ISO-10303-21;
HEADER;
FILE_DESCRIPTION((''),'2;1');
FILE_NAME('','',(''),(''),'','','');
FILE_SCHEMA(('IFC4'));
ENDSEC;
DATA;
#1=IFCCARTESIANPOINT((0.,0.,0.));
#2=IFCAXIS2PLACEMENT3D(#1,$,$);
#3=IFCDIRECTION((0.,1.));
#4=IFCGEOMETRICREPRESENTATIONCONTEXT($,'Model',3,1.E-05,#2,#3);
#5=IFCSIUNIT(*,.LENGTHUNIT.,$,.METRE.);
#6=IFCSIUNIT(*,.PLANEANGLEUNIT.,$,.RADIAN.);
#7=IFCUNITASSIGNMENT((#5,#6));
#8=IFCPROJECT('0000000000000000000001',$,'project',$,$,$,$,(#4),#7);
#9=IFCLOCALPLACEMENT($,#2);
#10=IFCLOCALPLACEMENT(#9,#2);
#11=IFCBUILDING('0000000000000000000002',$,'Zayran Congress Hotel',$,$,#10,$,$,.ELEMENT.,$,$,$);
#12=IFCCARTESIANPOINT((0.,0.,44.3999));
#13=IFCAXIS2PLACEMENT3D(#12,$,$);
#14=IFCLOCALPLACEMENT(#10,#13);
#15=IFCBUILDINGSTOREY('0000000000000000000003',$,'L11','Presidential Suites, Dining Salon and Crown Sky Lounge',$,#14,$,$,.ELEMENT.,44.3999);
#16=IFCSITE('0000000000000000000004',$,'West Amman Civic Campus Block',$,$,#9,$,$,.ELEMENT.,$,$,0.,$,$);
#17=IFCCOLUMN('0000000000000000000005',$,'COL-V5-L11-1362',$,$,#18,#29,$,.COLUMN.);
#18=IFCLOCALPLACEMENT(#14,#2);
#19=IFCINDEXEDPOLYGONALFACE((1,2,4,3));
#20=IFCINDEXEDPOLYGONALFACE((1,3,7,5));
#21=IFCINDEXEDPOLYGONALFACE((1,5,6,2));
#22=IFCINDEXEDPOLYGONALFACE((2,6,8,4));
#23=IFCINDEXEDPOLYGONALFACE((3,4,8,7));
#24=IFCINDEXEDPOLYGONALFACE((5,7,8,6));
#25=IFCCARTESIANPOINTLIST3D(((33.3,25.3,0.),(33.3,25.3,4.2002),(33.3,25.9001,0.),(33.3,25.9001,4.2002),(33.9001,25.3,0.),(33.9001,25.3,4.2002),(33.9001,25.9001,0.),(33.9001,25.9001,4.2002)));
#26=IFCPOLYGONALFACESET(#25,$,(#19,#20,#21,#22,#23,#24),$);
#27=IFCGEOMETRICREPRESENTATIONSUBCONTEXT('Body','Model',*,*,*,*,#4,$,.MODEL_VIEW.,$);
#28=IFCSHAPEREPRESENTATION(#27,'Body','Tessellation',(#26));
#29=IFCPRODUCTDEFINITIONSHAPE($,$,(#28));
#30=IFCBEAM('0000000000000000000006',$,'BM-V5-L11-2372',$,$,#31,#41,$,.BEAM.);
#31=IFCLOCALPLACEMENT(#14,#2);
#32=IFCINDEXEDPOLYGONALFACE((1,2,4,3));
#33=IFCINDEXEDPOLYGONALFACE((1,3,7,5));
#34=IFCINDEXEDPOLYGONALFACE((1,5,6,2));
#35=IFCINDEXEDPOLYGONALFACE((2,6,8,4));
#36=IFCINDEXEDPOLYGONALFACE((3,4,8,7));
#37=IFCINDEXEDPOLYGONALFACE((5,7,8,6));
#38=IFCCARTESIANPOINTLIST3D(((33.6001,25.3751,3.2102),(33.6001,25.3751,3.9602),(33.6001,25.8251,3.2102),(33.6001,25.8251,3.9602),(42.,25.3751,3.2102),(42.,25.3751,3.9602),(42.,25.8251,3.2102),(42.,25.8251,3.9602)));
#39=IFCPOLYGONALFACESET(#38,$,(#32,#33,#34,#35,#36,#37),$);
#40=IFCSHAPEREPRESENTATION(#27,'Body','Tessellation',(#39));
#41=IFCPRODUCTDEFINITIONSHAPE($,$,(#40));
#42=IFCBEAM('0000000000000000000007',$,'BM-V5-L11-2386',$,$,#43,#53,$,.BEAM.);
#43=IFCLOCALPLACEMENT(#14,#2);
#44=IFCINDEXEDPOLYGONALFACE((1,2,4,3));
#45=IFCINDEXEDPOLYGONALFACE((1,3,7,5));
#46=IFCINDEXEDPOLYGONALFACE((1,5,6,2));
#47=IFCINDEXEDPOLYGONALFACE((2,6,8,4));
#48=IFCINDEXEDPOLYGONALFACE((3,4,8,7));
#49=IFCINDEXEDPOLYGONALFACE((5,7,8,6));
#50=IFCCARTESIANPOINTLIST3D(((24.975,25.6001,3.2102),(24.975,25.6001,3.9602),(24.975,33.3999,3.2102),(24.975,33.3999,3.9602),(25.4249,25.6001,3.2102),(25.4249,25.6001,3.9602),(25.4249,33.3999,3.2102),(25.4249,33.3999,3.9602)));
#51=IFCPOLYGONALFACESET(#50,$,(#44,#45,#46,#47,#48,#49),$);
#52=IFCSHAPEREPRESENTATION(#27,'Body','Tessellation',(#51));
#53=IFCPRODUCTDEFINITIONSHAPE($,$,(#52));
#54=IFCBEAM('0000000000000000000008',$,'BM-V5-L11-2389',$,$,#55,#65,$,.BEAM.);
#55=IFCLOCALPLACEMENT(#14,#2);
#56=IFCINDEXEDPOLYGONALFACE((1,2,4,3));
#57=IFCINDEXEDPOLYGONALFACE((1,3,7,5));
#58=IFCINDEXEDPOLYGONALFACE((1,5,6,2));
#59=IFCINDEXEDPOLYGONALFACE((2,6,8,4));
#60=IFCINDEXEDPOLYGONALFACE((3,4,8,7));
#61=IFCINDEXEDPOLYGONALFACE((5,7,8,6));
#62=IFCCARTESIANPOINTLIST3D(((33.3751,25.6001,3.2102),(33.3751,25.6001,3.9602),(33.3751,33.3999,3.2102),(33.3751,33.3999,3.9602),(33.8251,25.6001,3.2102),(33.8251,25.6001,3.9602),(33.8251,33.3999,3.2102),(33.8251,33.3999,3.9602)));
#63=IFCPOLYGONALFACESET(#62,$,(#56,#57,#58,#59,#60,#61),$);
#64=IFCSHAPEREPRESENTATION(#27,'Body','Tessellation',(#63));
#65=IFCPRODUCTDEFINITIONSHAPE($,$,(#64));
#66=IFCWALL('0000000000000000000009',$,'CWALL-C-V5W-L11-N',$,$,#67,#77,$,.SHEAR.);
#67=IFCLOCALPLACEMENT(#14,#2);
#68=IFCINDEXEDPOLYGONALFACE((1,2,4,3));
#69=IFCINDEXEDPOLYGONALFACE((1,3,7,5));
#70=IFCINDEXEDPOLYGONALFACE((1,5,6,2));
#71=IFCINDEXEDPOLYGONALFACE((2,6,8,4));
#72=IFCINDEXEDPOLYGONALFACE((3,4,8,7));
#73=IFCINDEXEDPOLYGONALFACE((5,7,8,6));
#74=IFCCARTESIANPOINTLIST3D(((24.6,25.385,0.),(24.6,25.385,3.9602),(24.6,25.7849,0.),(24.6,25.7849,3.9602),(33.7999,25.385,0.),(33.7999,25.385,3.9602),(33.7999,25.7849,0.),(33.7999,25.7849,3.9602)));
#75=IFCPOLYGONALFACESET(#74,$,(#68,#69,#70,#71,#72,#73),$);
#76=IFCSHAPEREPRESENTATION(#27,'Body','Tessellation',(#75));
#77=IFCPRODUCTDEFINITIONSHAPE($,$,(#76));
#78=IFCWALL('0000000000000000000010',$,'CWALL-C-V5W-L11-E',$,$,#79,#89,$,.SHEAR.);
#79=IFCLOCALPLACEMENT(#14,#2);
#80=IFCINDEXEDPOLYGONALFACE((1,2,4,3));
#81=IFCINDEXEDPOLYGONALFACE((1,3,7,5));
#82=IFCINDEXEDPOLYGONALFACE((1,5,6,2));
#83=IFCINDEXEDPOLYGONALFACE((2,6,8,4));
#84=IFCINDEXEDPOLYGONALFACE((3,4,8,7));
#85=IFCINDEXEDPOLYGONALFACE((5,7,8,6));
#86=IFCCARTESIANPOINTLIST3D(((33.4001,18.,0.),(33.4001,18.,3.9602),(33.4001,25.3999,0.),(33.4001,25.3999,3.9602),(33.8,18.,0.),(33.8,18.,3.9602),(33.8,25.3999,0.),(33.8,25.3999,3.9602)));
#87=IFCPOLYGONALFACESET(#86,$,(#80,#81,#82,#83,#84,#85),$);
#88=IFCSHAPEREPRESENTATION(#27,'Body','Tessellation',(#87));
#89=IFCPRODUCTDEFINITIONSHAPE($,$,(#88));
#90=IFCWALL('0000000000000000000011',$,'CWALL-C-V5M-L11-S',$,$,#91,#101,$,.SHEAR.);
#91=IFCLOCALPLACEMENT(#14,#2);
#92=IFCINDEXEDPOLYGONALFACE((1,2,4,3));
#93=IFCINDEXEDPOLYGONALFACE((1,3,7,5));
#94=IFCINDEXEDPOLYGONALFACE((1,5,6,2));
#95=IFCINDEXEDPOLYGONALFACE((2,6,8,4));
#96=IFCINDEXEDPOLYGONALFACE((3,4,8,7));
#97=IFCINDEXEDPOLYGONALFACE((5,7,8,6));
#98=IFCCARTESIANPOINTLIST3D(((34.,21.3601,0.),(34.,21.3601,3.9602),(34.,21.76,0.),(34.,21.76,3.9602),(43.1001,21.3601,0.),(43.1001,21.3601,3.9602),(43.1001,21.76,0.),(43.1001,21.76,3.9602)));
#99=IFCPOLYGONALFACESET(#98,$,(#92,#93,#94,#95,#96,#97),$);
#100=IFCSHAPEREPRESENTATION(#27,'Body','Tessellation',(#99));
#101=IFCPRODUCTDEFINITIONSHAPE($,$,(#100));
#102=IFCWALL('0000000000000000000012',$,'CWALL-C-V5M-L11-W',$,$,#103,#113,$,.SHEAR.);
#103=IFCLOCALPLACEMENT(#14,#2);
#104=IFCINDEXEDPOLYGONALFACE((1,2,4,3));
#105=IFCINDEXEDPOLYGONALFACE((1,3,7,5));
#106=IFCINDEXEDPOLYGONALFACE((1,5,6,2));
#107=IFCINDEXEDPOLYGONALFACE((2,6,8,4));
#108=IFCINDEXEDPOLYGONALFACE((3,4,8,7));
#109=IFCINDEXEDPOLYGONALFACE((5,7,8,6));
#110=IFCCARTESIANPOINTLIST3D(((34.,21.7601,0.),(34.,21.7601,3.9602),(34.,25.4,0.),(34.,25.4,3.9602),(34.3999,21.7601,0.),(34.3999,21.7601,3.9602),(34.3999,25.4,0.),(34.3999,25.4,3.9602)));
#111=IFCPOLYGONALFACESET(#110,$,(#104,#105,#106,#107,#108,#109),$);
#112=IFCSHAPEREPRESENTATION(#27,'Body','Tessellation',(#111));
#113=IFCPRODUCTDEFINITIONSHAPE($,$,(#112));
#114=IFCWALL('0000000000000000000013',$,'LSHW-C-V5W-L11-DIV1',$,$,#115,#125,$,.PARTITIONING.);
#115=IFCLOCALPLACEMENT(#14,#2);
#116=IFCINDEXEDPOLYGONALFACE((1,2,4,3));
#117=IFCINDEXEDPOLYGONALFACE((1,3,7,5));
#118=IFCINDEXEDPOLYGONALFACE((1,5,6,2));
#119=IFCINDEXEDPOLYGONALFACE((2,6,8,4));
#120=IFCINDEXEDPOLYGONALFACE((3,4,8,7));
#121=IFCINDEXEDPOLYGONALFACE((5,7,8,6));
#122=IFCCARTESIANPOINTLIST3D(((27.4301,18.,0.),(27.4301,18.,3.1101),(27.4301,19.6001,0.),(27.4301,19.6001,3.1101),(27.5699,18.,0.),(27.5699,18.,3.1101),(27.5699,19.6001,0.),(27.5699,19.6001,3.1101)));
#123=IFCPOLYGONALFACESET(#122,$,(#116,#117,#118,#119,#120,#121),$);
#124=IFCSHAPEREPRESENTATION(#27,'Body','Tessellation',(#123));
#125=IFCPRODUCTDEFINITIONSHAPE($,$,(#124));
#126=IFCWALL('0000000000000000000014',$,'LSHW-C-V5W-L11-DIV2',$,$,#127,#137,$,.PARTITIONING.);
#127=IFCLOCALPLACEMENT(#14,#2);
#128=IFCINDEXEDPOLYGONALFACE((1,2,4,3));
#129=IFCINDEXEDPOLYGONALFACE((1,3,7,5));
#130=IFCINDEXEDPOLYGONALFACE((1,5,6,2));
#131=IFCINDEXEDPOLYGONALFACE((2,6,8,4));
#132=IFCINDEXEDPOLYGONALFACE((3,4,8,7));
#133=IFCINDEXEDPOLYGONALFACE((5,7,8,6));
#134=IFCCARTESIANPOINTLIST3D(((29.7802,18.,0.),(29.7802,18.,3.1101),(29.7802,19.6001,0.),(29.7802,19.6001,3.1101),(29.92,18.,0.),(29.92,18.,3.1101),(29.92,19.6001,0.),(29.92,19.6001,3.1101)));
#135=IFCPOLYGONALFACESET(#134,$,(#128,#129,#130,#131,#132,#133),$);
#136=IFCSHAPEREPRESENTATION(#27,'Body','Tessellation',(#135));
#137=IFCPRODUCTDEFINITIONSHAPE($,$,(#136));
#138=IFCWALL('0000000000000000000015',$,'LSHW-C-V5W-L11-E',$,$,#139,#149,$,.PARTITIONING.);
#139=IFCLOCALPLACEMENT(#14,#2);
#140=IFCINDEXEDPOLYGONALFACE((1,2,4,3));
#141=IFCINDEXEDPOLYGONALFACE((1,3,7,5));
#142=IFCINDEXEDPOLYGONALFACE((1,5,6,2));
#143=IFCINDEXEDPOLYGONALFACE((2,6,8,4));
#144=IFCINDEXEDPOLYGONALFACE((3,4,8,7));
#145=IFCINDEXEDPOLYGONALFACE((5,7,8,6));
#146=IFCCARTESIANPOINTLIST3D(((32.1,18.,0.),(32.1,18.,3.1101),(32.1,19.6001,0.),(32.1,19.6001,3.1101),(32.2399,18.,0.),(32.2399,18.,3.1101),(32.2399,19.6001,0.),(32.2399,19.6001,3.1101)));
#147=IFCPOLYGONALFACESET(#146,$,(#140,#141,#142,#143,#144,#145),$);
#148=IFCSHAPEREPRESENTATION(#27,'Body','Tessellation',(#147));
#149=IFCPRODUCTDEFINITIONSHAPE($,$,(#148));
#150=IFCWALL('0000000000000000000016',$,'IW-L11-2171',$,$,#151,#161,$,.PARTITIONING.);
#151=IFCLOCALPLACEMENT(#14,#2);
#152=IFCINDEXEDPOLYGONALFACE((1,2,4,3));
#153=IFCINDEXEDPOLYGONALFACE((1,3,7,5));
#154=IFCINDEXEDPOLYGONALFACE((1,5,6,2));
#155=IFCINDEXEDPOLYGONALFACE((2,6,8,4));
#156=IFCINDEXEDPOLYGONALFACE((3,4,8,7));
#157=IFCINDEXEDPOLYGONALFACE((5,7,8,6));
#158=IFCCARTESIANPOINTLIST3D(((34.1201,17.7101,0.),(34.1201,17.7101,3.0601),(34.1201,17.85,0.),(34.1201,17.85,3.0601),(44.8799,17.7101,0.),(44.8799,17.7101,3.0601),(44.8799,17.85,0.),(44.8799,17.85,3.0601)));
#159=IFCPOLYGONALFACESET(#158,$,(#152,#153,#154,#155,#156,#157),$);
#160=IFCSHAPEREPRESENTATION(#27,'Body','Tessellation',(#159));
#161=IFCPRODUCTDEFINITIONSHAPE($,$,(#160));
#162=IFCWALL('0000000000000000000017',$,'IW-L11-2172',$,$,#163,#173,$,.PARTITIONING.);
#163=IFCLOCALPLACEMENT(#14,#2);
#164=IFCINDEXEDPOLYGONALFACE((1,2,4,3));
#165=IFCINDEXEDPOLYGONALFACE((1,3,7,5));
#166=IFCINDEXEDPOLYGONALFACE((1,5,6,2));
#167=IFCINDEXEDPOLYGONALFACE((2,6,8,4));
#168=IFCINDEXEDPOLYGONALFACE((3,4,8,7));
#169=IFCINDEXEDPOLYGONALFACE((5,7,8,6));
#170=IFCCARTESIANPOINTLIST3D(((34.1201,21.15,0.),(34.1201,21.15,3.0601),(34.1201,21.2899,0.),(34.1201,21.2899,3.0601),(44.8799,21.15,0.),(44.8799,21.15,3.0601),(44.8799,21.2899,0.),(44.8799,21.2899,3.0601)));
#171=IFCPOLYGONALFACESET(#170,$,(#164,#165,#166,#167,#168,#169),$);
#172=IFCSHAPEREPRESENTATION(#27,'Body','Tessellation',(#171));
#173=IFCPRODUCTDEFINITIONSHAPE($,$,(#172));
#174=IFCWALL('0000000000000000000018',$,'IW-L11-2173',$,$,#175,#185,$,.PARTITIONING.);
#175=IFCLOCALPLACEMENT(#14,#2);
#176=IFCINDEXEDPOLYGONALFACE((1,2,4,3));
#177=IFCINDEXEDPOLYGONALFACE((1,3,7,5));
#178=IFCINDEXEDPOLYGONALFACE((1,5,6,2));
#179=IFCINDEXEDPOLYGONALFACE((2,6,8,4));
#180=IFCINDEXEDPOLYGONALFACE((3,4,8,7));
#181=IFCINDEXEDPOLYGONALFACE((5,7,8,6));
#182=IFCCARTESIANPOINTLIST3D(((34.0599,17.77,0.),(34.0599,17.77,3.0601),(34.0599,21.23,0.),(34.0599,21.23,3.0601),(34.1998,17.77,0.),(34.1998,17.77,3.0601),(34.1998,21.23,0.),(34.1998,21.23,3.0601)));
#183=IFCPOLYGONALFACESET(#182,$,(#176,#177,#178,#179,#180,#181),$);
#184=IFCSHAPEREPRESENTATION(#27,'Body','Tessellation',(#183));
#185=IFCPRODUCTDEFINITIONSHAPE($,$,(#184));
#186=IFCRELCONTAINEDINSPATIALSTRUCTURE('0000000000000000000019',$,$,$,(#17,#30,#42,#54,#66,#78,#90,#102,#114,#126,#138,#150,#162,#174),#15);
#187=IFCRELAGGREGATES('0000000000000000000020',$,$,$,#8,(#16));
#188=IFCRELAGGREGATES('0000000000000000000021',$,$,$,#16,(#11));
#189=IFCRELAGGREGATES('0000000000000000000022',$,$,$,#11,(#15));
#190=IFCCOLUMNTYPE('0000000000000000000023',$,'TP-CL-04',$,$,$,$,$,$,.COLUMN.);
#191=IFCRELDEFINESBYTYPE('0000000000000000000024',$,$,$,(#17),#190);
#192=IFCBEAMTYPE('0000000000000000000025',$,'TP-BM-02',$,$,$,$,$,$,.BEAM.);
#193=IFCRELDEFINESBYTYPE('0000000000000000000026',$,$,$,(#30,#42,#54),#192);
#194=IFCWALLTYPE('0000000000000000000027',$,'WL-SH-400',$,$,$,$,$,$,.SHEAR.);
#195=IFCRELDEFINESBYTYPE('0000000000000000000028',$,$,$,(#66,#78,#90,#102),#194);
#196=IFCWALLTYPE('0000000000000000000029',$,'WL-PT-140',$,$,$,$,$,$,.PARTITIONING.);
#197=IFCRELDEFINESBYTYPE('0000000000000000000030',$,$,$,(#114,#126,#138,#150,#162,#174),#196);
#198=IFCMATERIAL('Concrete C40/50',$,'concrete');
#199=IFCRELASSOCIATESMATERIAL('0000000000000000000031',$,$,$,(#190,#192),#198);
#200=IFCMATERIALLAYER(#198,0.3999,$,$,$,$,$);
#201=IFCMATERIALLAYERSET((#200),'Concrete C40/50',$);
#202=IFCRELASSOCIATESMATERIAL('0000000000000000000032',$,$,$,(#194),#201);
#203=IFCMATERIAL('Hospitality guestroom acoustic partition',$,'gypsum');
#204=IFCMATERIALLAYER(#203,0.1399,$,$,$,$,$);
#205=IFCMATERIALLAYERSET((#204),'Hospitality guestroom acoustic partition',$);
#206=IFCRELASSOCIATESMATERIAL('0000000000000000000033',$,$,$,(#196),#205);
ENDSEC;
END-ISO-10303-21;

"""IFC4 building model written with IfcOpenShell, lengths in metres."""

from ifc_helpers import new_model, si_unit, direction, frame, frame_2d, origin, origin_2d, place, context, subcontext, project, spatial, rectangle, extrude, material, layer, layer_set, material_profile, profile_set, type_object, element, save


model = new_model("IFC4")

# Units and contexts
model_context = context("Model", 3, precision=1e-05, world=origin(), true_north=direction((0.0, 1.0)))
body_context = subcontext(model_context, "Body", "Model", "MODEL_VIEW")
ifc_project = project(units=[si_unit("LENGTHUNIT", "METRE"), si_unit("PLANEANGLEUNIT", "RADIAN")], contexts=[model_context])

# Site, building, storey
site_placement = place(None, origin())
site = spatial("IfcSite", under=ifc_project, at=site_placement, Name="West Amman Civic Campus Block", CompositionType="ELEMENT", RefElevation=0.0)
building_placement = place(site_placement, origin())
building = spatial("IfcBuilding", under=site, at=building_placement, Name="Zayran Congress Hotel", CompositionType="ELEMENT")
storey_placement = place(building_placement, frame((0.0, 0.0, 44.3999)))
storey = spatial("IfcBuildingStorey", under=building, at=storey_placement, Name="L11", Description="Presidential Suites, Dining Salon and Crown Sky Lounge", CompositionType="ELEMENT", Elevation=44.3999)

# Column
ifc_material_1 = material(Name="Concrete C40/50", Category="concrete")
ifc_material_profile_1 = material_profile(ifc_material_1, rectangle(XDim=0.6001, YDim=0.6001, at=origin_2d()), Name="RC 600x600")
ifc_profile_set_1 = profile_set([ifc_material_profile_1], Name="Concrete C40/50")
column_type = type_object("IfcColumnType", Name="TP-CL-04", PredefinedType="COLUMN", material=ifc_profile_set_1)
column_placement = place(storey_placement, frame((33.6001, 25.6001, 0.0), z_axis=(0.0, 0.0, 1.0), x_axis=(1.0, 0.0, 0.0)))
element("IfcColumn", 1, at=column_placement, inside=storey, type_object=column_type, Name="COL-V5-L11-1362", PredefinedType="COLUMN", context=body_context, shape_type="SweptSolid", body=[
    extrude(rectangle(XDim=0.6001, YDim=0.6001, at=origin_2d()), origin(), (0.0, 0.0, 1.0), 4.2002),
])

# Beams
ifc_material_profile_2 = material_profile(ifc_material_1, rectangle(XDim=0.45, YDim=0.75, at=origin_2d()), Name="RC 450x750")
ifc_profile_set_2 = profile_set([ifc_material_profile_2], Name="Concrete C40/50")
beam_type = type_object("IfcBeamType", Name="TP-BM-02", PredefinedType="BEAM", material=ifc_profile_set_2)
beam_placement = place(storey_placement, frame((33.6001, 25.6001, 3.5852), z_axis=(1.0, 0.0, 0.0), x_axis=(0.0, 1.0, 0.0)))
element("IfcBeam", 2, at=beam_placement, inside=storey, type_object=beam_type, Name="BM-V5-L11-2372", PredefinedType="BEAM", context=body_context, shape_type="SweptSolid", body=[
    extrude(rectangle(XDim=0.45, YDim=0.75, at=origin_2d()), origin(), (0.0, 0.0, 1.0), 8.3999),
])
for number, where, z_axis, x_axis, name in (
    (3, (25.2, 25.6001, 3.5852), (0.0, 1.0, 0.0), (-1.0, 0.0, 0.0), "BM-V5-L11-2386"),
    (4, (33.6001, 25.6001, 3.5852), (0.0, 1.0, 0.0), (-1.0, 0.0, 0.0), "BM-V5-L11-2389"),
):
    element("IfcBeam", number, at=place(storey_placement, frame(where, z_axis=z_axis, x_axis=x_axis)), inside=storey, type_object=beam_type, Name=name, PredefinedType="BEAM", context=body_context, shape_type="SweptSolid", body=[
        extrude(rectangle(XDim=0.45, YDim=0.75, at=origin_2d()), origin(), (0.0, 0.0, 1.0), 7.7998),
    ])

# Walls
ifc_layer_1 = layer(ifc_material_1, 0.3999)
ifc_layer_set_1 = layer_set([ifc_layer_1], Name="Concrete C40/50")
wall_type_1 = type_object("IfcWallType", Name="WL-SH-400", PredefinedType="SHEAR", material=ifc_layer_set_1)
wall_1_placement = place(storey_placement, frame((33.8, 25.585, 0.0), z_axis=(0.0, 0.0, 1.0), x_axis=(-1.0, 0.0, 0.0)))
element("IfcWall", 5, at=wall_1_placement, inside=storey, type_object=wall_type_1, Name="CWALL-C-V5W-L11-N", PredefinedType="SHEAR", context=body_context, shape_type="SweptSolid", body=[
    extrude(rectangle(XDim=9.2, YDim=0.3999, at=frame_2d((4.6001, 0.0))), origin(), (0.0, 0.0, 1.0), 3.9602),
])
wall_2_placement = place(storey_placement, frame((33.6001, 18.0, 0.0), z_axis=(0.0, 0.0, 1.0), x_axis=(0.0, 1.0, 0.0)))
element("IfcWall", 6, at=wall_2_placement, inside=storey, type_object=wall_type_1, Name="CWALL-C-V5W-L11-E", PredefinedType="SHEAR", context=body_context, shape_type="SweptSolid", body=[
    extrude(rectangle(XDim=7.3999, YDim=0.3999, at=frame_2d((3.7, 0.0))), origin(), (0.0, 0.0, 1.0), 3.9602),
])
wall_3_placement = place(storey_placement, frame((34.0, 21.5601, 0.0), z_axis=(0.0, 0.0, 1.0), x_axis=(1.0, 0.0, 0.0)))
element("IfcWall", 7, at=wall_3_placement, inside=storey, type_object=wall_type_1, Name="CWALL-C-V5M-L11-S", PredefinedType="SHEAR", context=body_context, shape_type="SweptSolid", body=[
    extrude(rectangle(XDim=9.1001, YDim=0.3999, at=frame_2d((4.55, 0.0))), origin(), (0.0, 0.0, 1.0), 3.9602),
])
wall_4_placement = place(storey_placement, frame((34.2, 25.3999, 0.0), z_axis=(0.0, 0.0, 1.0), x_axis=(0.0, -1.0, 0.0)))
element("IfcWall", 8, at=wall_4_placement, inside=storey, type_object=wall_type_1, Name="CWALL-C-V5M-L11-W", PredefinedType="SHEAR", context=body_context, shape_type="SweptSolid", body=[
    extrude(rectangle(XDim=3.6399, YDim=0.3999, at=frame_2d((1.8198, 0.0))), origin(), (0.0, 0.0, 1.0), 3.9602),
])
ifc_material_2 = material(Name="Hospitality guestroom acoustic partition", Category="gypsum")
ifc_layer_2 = layer(ifc_material_2, 0.1399)
ifc_layer_set_2 = layer_set([ifc_layer_2], Name="Hospitality guestroom acoustic partition")
wall_type_2 = type_object("IfcWallType", Name="WL-PT-140", PredefinedType="PARTITIONING", material=ifc_layer_set_2)
for number, where, z_axis, x_axis, name in (
    (9, (27.5, 18.0, 0.0), (0.0, 0.0, 1.0), (0.0, 1.0, 0.0), "LSHW-C-V5W-L11-DIV1"),
    (10, (29.8501, 18.0, 0.0), (0.0, 0.0, 1.0), (0.0, 1.0, 0.0), "LSHW-C-V5W-L11-DIV2"),
    (11, (32.1699, 18.0, 0.0), (0.0, 0.0, 1.0), (0.0, 1.0, 0.0), "LSHW-C-V5W-L11-E"),
):
    element("IfcWall", number, at=place(storey_placement, frame(where, z_axis=z_axis, x_axis=x_axis)), inside=storey, type_object=wall_type_2, Name=name, PredefinedType="PARTITIONING", context=body_context, shape_type="SweptSolid", body=[
        extrude(rectangle(XDim=1.6001, YDim=0.1399, at=frame_2d((0.8, 0.0))), origin(), (0.0, 0.0, 1.0), 3.1101),
    ])
for number, where, z_axis, x_axis, name in (
    (12, (34.1201, 17.78, 0.0), (0.0, 0.0, 1.0), (1.0, 0.0, 0.0), "IW-L11-2171"),
    (13, (34.1201, 21.22, 0.0), (0.0, 0.0, 1.0), (1.0, 0.0, 0.0), "IW-L11-2172"),
):
    element("IfcWall", number, at=place(storey_placement, frame(where, z_axis=z_axis, x_axis=x_axis)), inside=storey, type_object=wall_type_2, Name=name, PredefinedType="PARTITIONING", context=body_context, shape_type="SweptSolid", body=[
        extrude(rectangle(XDim=10.7598, YDim=0.1399, at=frame_2d((5.3799, 0.0))), origin(), (0.0, 0.0, 1.0), 3.0601),
    ])
wall_5_placement = place(storey_placement, frame((34.1299, 17.77, 0.0), z_axis=(0.0, 0.0, 1.0), x_axis=(0.0, 1.0, 0.0)))
element("IfcWall", 14, at=wall_5_placement, inside=storey, type_object=wall_type_2, Name="IW-L11-2173", PredefinedType="PARTITIONING", context=body_context, shape_type="SweptSolid", body=[
    extrude(rectangle(XDim=3.46, YDim=0.1399, at=frame_2d((1.73, 0.0))), origin(), (0.0, 0.0, 1.0), 3.0601),
])

save(model, "model.ifc")
